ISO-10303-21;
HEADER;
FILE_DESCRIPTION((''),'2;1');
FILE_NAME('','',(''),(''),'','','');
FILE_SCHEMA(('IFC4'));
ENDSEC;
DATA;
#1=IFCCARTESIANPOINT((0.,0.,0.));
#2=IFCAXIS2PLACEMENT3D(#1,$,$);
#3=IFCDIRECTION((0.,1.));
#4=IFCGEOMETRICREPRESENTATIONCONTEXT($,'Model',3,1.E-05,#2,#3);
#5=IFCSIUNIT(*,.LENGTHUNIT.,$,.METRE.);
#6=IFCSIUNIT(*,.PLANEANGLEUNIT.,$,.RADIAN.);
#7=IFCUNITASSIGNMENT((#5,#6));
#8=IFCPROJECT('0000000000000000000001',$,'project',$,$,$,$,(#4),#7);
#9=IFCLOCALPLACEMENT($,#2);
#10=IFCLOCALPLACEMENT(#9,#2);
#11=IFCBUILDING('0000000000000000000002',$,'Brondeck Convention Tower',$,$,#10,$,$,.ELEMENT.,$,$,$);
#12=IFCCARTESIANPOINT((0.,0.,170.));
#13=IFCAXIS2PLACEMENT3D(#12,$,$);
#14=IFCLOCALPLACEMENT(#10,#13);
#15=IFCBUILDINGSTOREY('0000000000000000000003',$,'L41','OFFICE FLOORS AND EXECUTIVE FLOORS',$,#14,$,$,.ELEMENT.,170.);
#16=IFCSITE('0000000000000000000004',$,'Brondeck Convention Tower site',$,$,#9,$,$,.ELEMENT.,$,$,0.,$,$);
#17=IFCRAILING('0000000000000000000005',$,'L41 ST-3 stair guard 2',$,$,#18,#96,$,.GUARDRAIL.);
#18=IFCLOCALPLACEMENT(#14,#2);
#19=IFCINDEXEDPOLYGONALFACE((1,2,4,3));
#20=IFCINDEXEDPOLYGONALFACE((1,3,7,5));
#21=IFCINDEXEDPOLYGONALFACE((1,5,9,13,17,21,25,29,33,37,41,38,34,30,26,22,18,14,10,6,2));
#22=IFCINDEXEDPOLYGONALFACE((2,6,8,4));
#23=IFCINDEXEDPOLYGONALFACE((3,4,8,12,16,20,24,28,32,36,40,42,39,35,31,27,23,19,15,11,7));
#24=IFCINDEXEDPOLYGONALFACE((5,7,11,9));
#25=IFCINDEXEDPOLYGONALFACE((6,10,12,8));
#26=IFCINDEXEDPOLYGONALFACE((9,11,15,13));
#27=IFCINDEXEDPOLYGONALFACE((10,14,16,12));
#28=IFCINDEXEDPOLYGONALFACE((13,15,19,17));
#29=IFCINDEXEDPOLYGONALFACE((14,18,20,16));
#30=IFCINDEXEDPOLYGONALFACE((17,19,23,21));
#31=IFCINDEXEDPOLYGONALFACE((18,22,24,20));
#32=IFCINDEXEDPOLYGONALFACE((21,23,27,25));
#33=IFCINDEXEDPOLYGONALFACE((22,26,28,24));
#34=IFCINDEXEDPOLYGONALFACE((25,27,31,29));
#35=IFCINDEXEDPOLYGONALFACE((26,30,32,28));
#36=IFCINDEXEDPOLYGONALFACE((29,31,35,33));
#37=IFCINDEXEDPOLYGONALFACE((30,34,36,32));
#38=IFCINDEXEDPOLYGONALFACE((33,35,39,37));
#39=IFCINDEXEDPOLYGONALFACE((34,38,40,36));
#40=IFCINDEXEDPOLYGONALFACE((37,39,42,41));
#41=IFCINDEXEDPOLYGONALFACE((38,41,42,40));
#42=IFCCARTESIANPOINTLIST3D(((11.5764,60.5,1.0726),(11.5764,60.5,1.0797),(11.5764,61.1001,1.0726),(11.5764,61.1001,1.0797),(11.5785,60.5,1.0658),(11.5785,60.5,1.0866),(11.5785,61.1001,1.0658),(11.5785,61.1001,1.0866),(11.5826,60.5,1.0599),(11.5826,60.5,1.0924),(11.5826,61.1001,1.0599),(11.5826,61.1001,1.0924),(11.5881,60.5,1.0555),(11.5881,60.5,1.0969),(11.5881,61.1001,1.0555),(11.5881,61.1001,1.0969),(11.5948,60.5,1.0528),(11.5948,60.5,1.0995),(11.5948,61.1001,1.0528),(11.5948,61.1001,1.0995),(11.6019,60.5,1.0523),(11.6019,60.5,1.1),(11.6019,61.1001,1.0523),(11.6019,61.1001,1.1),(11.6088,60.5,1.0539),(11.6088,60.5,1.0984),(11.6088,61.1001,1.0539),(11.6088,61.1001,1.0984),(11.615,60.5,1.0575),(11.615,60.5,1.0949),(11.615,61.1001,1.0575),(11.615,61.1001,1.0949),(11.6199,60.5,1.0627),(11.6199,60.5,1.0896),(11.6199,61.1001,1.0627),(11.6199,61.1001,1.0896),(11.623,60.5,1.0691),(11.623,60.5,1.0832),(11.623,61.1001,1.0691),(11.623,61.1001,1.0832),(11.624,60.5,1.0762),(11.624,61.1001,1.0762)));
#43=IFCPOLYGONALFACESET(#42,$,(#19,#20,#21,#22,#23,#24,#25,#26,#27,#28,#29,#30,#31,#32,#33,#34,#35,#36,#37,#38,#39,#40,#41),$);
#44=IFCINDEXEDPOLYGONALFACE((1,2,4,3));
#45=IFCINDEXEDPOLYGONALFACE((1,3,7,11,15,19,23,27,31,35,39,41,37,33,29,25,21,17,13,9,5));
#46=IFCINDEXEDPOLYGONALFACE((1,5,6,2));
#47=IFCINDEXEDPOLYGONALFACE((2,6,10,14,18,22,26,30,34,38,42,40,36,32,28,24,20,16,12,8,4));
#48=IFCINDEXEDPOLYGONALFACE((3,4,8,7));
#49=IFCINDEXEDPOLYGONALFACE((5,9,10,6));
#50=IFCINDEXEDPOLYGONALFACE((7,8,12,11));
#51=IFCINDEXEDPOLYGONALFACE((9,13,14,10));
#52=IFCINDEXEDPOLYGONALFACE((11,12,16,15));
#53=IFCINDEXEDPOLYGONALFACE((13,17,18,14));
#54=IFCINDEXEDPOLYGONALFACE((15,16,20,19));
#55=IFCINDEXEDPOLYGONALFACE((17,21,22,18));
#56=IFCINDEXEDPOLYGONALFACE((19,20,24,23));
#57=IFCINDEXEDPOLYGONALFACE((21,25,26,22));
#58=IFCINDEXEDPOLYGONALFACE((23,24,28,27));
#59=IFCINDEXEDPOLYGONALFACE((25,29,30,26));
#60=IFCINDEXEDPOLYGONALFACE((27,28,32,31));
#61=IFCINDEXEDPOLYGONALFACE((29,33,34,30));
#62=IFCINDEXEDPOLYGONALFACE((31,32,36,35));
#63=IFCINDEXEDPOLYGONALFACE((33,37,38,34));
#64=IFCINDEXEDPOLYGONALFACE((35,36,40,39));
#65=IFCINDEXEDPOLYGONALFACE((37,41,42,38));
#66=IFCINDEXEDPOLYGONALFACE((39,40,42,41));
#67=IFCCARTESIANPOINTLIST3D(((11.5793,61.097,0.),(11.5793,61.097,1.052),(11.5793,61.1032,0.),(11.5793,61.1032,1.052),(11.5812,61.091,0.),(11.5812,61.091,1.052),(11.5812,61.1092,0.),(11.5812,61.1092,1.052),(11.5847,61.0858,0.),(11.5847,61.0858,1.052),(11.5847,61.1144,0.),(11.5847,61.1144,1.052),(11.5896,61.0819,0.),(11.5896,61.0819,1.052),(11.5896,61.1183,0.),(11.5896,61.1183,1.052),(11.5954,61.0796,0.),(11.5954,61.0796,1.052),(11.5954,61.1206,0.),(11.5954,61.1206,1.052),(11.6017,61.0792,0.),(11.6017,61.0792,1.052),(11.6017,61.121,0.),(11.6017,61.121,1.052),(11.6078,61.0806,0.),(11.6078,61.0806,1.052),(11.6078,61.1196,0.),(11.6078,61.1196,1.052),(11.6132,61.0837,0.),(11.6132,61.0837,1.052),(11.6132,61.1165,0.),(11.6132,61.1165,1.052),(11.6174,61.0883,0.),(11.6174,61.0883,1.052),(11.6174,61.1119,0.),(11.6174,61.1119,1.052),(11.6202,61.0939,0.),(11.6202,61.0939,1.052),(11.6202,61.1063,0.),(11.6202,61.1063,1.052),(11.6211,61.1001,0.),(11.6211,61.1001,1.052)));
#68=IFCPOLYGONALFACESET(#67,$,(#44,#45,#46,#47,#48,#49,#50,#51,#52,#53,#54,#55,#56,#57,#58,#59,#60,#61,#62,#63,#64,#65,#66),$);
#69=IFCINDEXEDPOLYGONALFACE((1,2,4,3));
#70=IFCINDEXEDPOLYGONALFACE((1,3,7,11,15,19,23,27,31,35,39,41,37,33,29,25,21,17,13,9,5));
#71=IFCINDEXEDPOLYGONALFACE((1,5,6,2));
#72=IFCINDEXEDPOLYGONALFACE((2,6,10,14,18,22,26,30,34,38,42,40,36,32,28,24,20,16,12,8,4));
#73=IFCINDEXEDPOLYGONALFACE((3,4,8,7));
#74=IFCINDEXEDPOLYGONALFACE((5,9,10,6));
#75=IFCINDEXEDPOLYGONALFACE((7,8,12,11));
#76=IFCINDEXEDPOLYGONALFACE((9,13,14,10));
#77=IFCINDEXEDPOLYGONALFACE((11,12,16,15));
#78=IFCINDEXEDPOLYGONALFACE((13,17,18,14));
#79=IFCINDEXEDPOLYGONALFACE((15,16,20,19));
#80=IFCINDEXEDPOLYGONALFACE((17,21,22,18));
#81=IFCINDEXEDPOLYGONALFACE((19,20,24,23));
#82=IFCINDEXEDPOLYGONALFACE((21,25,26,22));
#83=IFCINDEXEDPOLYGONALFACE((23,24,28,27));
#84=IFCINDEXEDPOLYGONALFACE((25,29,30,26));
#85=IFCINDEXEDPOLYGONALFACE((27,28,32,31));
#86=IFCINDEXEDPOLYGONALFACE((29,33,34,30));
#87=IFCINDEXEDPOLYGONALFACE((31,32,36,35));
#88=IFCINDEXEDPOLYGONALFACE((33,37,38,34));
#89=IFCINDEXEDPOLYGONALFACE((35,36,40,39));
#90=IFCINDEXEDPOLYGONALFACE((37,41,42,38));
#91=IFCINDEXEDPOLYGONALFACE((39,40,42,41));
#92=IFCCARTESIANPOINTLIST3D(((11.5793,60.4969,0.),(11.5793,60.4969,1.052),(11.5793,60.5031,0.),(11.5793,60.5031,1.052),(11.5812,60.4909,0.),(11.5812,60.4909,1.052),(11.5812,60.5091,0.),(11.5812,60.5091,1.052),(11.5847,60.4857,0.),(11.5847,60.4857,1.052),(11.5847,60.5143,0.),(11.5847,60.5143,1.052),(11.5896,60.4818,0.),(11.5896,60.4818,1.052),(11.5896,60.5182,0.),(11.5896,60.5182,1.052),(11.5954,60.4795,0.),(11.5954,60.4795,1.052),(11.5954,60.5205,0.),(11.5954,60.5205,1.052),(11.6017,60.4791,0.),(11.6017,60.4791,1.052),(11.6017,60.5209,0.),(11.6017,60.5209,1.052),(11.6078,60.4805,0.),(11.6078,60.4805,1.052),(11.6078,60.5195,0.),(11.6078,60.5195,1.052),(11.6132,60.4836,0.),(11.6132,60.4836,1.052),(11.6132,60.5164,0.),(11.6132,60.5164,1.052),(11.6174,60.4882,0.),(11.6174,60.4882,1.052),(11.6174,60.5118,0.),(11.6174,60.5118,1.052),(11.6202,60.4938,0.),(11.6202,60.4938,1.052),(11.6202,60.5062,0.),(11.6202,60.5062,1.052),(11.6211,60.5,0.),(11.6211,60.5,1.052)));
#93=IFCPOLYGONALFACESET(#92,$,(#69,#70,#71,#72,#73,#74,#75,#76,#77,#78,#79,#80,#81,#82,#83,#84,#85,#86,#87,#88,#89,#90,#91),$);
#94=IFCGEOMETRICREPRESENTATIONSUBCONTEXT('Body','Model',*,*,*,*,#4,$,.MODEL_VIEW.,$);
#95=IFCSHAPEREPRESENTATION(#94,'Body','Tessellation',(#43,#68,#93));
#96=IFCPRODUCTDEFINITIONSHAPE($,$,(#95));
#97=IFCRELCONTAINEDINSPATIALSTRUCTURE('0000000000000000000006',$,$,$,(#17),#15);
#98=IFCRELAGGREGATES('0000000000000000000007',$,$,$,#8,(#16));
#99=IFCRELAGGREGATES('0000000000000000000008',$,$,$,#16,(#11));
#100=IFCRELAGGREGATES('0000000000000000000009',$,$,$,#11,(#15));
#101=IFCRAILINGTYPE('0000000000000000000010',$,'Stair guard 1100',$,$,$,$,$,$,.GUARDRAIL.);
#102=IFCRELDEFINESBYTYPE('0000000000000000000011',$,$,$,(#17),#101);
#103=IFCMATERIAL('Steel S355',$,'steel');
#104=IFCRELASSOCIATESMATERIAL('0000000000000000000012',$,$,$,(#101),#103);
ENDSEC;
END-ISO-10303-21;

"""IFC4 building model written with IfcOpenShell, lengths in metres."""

from ifc_helpers import new_model, si_unit, direction, frame, origin, origin_2d, place, context, subcontext, project, spatial, circle, extrude, material, type_object, element, save


model = new_model("IFC4")

# Units and contexts
model_context = context("Model", 3, precision=1e-05, world=origin(), true_north=direction((0.0, 1.0)))
body_context = subcontext(model_context, "Body", "Model", "MODEL_VIEW")
ifc_project = project(units=[si_unit("LENGTHUNIT", "METRE"), si_unit("PLANEANGLEUNIT", "RADIAN")], contexts=[model_context])

# Site, building, storey
site_placement = place(None, origin())
site = spatial("IfcSite", under=ifc_project, at=site_placement, Name="Brondeck Convention Tower site", CompositionType="ELEMENT", RefElevation=0.0)
building_placement = place(site_placement, origin())
building = spatial("IfcBuilding", under=site, at=building_placement, Name="Brondeck Convention Tower", CompositionType="ELEMENT")
storey_placement = place(building_placement, frame((0.0, 0.0, 170.0)))
storey = spatial("IfcBuildingStorey", under=building, at=storey_placement, Name="L41", Description="OFFICE FLOORS AND EXECUTIVE FLOORS", CompositionType="ELEMENT", Elevation=170.0)

# Railing
ifc_material_1 = material(Name="Steel S355", Category="steel")
railing_type_1 = type_object("IfcRailingType", Name="Stair guard 1100", PredefinedType="GUARDRAIL", material=ifc_material_1)
railing_1_placement = place(storey_placement, frame((11.6001, 61.1001, 0.0)))
element("IfcRailing", 1, at=railing_1_placement, inside=storey, type_object=railing_type_1, Name="L41 ST-3 stair guard 2", PredefinedType="GUARDRAIL", context=body_context, shape_type="SweptSolid", body=[
    extrude(circle(Radius=0.0239, at=origin_2d()), frame((0.0, 0.0, 1.0762), z_axis=(0.0, -1.0, 0.0), x_axis=(1.0, 0.0, 0.0)), (0.0, 0.0, 1.0), 0.6001),
    extrude(circle(Radius=0.021, at=origin_2d()), origin(), (0.0, 0.0, 1.0), 1.052),
    extrude(circle(Radius=0.021, at=origin_2d()), frame((0.0, -0.6001, 0.0)), (0.0, 0.0, 1.0), 1.052),
])

save(model, "model.ifc")
